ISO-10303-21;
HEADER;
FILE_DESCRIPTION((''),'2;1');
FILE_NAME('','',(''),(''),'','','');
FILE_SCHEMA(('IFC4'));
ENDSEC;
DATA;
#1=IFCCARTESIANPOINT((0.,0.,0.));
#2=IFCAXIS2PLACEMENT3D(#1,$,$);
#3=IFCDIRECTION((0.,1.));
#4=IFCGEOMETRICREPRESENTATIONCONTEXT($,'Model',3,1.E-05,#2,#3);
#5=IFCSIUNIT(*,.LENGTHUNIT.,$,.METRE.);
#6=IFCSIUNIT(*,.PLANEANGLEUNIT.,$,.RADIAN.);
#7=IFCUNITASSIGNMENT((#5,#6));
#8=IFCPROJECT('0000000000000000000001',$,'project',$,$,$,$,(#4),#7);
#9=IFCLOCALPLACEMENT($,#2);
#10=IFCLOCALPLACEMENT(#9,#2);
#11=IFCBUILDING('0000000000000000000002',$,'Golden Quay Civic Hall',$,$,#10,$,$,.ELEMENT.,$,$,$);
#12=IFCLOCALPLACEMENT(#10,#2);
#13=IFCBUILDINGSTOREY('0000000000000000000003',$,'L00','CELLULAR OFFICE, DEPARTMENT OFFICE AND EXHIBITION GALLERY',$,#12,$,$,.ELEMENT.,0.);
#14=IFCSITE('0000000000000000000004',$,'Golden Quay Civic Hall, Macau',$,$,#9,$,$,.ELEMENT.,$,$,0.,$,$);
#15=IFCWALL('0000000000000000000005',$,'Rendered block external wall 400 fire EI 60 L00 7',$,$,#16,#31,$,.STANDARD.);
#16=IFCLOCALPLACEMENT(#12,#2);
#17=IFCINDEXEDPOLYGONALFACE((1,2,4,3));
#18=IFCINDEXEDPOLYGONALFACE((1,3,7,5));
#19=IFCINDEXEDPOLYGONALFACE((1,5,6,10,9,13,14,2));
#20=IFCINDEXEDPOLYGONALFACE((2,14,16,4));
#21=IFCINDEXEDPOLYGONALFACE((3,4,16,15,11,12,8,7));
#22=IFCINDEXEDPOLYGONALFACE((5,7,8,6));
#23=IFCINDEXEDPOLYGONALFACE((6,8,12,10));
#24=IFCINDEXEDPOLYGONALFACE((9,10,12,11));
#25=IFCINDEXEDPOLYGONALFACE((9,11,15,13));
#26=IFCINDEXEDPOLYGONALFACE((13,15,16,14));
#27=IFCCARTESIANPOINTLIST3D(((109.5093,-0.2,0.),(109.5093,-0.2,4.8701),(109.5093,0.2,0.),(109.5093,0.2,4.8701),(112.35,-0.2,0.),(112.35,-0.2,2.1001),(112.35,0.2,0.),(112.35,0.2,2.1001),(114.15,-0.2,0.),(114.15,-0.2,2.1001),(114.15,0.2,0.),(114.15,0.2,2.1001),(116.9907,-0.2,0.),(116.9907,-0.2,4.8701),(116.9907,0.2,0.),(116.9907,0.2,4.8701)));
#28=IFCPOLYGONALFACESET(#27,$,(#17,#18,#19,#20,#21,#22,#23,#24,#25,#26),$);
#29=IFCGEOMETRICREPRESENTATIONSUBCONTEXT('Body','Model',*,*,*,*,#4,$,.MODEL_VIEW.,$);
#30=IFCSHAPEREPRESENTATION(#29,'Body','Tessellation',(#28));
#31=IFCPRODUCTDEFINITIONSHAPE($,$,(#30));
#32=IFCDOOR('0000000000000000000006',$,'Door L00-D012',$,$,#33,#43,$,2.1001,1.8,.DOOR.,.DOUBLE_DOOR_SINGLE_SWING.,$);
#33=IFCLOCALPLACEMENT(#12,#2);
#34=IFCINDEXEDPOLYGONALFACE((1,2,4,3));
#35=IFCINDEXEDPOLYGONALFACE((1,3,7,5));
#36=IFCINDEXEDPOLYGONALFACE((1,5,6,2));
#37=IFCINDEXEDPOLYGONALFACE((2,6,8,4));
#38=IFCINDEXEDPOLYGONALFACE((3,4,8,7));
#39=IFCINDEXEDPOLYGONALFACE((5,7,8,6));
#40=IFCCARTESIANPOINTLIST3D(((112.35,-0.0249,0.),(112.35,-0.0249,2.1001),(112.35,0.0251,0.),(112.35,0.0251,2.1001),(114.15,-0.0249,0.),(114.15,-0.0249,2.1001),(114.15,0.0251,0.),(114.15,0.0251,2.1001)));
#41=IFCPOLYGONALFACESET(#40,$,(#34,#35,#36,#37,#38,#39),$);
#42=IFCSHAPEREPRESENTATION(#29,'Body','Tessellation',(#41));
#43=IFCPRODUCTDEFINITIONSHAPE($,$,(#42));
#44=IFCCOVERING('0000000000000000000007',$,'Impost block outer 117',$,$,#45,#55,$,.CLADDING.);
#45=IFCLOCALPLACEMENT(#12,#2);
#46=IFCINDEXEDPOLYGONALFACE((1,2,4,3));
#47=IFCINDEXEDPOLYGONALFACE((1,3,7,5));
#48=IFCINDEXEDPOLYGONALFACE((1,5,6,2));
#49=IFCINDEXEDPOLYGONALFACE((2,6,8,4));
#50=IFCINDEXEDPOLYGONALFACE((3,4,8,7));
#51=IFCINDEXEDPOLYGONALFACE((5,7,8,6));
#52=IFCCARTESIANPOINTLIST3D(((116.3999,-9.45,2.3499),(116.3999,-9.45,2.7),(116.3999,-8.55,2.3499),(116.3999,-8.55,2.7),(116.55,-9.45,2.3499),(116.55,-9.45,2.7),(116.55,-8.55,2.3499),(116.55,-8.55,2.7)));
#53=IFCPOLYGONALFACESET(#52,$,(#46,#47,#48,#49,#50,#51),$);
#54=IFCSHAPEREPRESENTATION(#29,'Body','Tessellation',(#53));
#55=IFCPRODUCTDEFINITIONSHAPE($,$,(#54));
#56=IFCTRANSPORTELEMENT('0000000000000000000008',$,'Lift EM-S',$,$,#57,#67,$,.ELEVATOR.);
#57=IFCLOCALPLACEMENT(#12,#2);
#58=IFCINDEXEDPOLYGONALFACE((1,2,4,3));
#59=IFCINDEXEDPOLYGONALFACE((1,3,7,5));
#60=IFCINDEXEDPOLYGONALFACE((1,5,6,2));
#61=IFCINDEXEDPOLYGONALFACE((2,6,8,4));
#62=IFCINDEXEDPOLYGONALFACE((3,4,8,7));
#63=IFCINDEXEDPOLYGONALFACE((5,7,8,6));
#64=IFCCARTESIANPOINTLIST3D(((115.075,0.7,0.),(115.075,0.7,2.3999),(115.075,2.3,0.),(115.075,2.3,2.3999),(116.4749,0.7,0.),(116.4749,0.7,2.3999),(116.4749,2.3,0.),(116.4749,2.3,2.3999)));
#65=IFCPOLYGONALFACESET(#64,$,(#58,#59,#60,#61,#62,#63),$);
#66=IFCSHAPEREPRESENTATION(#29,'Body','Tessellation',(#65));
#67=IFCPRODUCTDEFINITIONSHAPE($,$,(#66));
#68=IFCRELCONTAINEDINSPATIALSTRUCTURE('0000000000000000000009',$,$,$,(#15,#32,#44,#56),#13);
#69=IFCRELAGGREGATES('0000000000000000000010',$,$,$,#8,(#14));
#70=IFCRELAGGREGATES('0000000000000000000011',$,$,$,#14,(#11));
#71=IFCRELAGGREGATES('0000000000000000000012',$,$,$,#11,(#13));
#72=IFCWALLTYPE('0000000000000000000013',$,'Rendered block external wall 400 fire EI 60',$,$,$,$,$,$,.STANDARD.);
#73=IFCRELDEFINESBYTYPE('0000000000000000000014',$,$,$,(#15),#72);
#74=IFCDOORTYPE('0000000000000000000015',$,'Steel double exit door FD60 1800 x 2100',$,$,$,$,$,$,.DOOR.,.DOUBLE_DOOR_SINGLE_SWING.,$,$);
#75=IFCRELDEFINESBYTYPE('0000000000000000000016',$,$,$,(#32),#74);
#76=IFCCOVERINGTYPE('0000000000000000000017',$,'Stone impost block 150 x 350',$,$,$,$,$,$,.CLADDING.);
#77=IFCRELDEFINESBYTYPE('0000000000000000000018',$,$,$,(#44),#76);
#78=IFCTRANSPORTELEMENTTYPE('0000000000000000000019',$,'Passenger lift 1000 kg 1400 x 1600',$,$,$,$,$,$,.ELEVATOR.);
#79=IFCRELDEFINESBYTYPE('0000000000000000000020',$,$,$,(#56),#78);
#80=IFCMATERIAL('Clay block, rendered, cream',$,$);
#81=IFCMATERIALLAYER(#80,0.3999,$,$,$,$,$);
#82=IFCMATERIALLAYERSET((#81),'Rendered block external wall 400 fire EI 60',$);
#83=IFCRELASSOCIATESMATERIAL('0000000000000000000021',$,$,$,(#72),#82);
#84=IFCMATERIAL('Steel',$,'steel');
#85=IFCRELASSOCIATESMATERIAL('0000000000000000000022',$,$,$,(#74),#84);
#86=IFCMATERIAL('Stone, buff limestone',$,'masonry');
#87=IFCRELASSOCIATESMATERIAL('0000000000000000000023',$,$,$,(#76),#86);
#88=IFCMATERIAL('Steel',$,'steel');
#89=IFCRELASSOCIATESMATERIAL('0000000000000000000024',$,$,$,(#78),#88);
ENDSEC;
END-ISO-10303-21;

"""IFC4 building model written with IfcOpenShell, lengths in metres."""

from ifc_helpers import new_model, si_unit, direction, frame, frame_2d, origin, origin_2d, place, context, subcontext, project, spatial, rectangle, extrude, material, layer, layer_set, material_profile, profile_set, type_object, element, fill, save


model = new_model("IFC4")

# Units and contexts
model_context = context("Model", 3, precision=1e-05, world=origin(), true_north=direction((0.0, 1.0)))
body_context = subcontext(model_context, "Body", "Model", "MODEL_VIEW")
ifc_project = project(units=[si_unit("LENGTHUNIT", "METRE"), si_unit("PLANEANGLEUNIT", "RADIAN")], contexts=[model_context])

# Site, building, storey
site_placement = place(None, origin())
site = spatial("IfcSite", under=ifc_project, at=site_placement, Name="Golden Quay Civic Hall, Macau", CompositionType="ELEMENT", RefElevation=0.0)
building_placement = place(site_placement, origin())
building = spatial("IfcBuilding", under=site, at=building_placement, Name="Golden Quay Civic Hall", CompositionType="ELEMENT")
storey_placement = place(building_placement, origin())
storey = spatial("IfcBuildingStorey", under=building, at=storey_placement, Name="L00", Description="CELLULAR OFFICE, DEPARTMENT OFFICE AND EXHIBITION GALLERY", CompositionType="ELEMENT", Elevation=0.0)

# Wall, opening, door
ifc_material_1 = material(Name="Clay block, rendered, cream")
ifc_layer_1 = layer(ifc_material_1, 0.3999)
ifc_layer_set_1 = layer_set([ifc_layer_1], Name="Rendered block external wall 400 fire EI 60")
wall_type_1 = type_object("IfcWallType", Name="Rendered block external wall 400 fire EI 60", PredefinedType="STANDARD", material=ifc_layer_set_1)
wall_1_placement = place(storey_placement, frame((116.9907, 0.0, 0.0), z_axis=(0.0, 0.0, 1.0), x_axis=(-1.0, 0.0, 0.0)))
wall_1 = element("IfcWall", 1, at=wall_1_placement, inside=storey, type_object=wall_type_1, Name="Rendered block external wall 400 fire EI 60 L00 7", PredefinedType="STANDARD", context=body_context, shape_type="SweptSolid", body=[
    extrude(rectangle(XDim=7.4814, YDim=0.3999, at=frame_2d((3.7407, 0.0))), origin(), (0.0, 0.0, 1.0), 4.8701),
])
opening_1_placement = place(wall_1_placement, frame((2.8408, 0.0, 0.0)))
opening_1 = element("IfcOpeningElement", 2, at=opening_1_placement, cuts=wall_1, PredefinedType="OPENING", context=body_context, shape_type="SweptSolid", body=[
    extrude(rectangle(XDim=1.8, YDim=2.1001, at=frame_2d((0.8999, 1.05))), frame((0.0, 0.21, 0.0), z_axis=(0.0, -1.0, 0.0), x_axis=(1.0, 0.0, 0.0)), (0.0, 0.0, 1.0), 0.4199),
])
ifc_material_2 = material(Name="Steel", Category="steel")
door_type_1 = type_object("IfcDoorType", Name="Steel double exit door FD60 1800 x 2100", OperationType="DOUBLE_DOOR_SINGLE_SWING", PredefinedType="DOOR", material=ifc_material_2)
door_1_placement = place(opening_1_placement, origin())
door_1 = element("IfcDoor", 3, at=door_1_placement, inside=storey, type_object=door_type_1, Name="Door L00-D012", OperationType="DOUBLE_DOOR_SINGLE_SWING", OverallHeight=2.1001, OverallWidth=1.8, PredefinedType="DOOR", context=body_context, shape_type="SweptSolid", body=[
    extrude(rectangle(XDim=1.8, YDim=2.1001, at=frame_2d((0.8999, 1.05))), frame((0.0, 0.0249, 0.0), z_axis=(0.0, -1.0, 0.0), x_axis=(1.0, 0.0, 0.0)), (0.0, 0.0, 1.0), 0.05),
])
fill(opening_1, door_1)

# Covering
ifc_material_3 = material(Name="Stone, buff limestone", Category="masonry")
ifc_material_profile_1 = material_profile(ifc_material_3, rectangle(XDim=0.8999, YDim=0.3501, at=origin_2d()), Name="RC 900x350")
ifc_profile_set_1 = profile_set([ifc_material_profile_1], Name="Stone, buff limestone")
covering_type = type_object("IfcCoveringType", Name="Stone impost block 150 x 350", PredefinedType="CLADDING", material=ifc_profile_set_1)
covering_placement = place(storey_placement, frame((116.55, -9.0, 2.5249), z_axis=(-1.0, 0.0, 0.0), x_axis=(0.0, -1.0, 0.0)))
element("IfcCovering", 4, at=covering_placement, inside=storey, type_object=covering_type, Name="Impost block outer 117", PredefinedType="CLADDING", context=body_context, shape_type="SweptSolid", body=[
    extrude(rectangle(XDim=0.8999, YDim=0.3501, at=origin_2d()), origin(), (0.0, 0.0, 1.0), 0.1501),
])

# Transport element
ifc_material_4 = material(Name="Steel", Category="steel")
transport_element_type = type_object("IfcTransportElementType", Name="Passenger lift 1000 kg 1400 x 1600", PredefinedType="ELEVATOR", material=ifc_material_4)
transport_element_placement = place(storey_placement, frame((115.7749, 1.5, 0.0), z_axis=(0.0, 0.0, 1.0), x_axis=(1.0, 0.0, 0.0)))
element("IfcTransportElement", 5, at=transport_element_placement, inside=storey, type_object=transport_element_type, Name="Lift EM-S", PredefinedType="ELEVATOR", context=body_context, shape_type="SweptSolid", body=[
    extrude(rectangle(XDim=1.3999, YDim=1.6001, at=origin_2d()), origin(), (0.0, 0.0, 1.0), 2.3999),
])

save(model, "model.ifc")
